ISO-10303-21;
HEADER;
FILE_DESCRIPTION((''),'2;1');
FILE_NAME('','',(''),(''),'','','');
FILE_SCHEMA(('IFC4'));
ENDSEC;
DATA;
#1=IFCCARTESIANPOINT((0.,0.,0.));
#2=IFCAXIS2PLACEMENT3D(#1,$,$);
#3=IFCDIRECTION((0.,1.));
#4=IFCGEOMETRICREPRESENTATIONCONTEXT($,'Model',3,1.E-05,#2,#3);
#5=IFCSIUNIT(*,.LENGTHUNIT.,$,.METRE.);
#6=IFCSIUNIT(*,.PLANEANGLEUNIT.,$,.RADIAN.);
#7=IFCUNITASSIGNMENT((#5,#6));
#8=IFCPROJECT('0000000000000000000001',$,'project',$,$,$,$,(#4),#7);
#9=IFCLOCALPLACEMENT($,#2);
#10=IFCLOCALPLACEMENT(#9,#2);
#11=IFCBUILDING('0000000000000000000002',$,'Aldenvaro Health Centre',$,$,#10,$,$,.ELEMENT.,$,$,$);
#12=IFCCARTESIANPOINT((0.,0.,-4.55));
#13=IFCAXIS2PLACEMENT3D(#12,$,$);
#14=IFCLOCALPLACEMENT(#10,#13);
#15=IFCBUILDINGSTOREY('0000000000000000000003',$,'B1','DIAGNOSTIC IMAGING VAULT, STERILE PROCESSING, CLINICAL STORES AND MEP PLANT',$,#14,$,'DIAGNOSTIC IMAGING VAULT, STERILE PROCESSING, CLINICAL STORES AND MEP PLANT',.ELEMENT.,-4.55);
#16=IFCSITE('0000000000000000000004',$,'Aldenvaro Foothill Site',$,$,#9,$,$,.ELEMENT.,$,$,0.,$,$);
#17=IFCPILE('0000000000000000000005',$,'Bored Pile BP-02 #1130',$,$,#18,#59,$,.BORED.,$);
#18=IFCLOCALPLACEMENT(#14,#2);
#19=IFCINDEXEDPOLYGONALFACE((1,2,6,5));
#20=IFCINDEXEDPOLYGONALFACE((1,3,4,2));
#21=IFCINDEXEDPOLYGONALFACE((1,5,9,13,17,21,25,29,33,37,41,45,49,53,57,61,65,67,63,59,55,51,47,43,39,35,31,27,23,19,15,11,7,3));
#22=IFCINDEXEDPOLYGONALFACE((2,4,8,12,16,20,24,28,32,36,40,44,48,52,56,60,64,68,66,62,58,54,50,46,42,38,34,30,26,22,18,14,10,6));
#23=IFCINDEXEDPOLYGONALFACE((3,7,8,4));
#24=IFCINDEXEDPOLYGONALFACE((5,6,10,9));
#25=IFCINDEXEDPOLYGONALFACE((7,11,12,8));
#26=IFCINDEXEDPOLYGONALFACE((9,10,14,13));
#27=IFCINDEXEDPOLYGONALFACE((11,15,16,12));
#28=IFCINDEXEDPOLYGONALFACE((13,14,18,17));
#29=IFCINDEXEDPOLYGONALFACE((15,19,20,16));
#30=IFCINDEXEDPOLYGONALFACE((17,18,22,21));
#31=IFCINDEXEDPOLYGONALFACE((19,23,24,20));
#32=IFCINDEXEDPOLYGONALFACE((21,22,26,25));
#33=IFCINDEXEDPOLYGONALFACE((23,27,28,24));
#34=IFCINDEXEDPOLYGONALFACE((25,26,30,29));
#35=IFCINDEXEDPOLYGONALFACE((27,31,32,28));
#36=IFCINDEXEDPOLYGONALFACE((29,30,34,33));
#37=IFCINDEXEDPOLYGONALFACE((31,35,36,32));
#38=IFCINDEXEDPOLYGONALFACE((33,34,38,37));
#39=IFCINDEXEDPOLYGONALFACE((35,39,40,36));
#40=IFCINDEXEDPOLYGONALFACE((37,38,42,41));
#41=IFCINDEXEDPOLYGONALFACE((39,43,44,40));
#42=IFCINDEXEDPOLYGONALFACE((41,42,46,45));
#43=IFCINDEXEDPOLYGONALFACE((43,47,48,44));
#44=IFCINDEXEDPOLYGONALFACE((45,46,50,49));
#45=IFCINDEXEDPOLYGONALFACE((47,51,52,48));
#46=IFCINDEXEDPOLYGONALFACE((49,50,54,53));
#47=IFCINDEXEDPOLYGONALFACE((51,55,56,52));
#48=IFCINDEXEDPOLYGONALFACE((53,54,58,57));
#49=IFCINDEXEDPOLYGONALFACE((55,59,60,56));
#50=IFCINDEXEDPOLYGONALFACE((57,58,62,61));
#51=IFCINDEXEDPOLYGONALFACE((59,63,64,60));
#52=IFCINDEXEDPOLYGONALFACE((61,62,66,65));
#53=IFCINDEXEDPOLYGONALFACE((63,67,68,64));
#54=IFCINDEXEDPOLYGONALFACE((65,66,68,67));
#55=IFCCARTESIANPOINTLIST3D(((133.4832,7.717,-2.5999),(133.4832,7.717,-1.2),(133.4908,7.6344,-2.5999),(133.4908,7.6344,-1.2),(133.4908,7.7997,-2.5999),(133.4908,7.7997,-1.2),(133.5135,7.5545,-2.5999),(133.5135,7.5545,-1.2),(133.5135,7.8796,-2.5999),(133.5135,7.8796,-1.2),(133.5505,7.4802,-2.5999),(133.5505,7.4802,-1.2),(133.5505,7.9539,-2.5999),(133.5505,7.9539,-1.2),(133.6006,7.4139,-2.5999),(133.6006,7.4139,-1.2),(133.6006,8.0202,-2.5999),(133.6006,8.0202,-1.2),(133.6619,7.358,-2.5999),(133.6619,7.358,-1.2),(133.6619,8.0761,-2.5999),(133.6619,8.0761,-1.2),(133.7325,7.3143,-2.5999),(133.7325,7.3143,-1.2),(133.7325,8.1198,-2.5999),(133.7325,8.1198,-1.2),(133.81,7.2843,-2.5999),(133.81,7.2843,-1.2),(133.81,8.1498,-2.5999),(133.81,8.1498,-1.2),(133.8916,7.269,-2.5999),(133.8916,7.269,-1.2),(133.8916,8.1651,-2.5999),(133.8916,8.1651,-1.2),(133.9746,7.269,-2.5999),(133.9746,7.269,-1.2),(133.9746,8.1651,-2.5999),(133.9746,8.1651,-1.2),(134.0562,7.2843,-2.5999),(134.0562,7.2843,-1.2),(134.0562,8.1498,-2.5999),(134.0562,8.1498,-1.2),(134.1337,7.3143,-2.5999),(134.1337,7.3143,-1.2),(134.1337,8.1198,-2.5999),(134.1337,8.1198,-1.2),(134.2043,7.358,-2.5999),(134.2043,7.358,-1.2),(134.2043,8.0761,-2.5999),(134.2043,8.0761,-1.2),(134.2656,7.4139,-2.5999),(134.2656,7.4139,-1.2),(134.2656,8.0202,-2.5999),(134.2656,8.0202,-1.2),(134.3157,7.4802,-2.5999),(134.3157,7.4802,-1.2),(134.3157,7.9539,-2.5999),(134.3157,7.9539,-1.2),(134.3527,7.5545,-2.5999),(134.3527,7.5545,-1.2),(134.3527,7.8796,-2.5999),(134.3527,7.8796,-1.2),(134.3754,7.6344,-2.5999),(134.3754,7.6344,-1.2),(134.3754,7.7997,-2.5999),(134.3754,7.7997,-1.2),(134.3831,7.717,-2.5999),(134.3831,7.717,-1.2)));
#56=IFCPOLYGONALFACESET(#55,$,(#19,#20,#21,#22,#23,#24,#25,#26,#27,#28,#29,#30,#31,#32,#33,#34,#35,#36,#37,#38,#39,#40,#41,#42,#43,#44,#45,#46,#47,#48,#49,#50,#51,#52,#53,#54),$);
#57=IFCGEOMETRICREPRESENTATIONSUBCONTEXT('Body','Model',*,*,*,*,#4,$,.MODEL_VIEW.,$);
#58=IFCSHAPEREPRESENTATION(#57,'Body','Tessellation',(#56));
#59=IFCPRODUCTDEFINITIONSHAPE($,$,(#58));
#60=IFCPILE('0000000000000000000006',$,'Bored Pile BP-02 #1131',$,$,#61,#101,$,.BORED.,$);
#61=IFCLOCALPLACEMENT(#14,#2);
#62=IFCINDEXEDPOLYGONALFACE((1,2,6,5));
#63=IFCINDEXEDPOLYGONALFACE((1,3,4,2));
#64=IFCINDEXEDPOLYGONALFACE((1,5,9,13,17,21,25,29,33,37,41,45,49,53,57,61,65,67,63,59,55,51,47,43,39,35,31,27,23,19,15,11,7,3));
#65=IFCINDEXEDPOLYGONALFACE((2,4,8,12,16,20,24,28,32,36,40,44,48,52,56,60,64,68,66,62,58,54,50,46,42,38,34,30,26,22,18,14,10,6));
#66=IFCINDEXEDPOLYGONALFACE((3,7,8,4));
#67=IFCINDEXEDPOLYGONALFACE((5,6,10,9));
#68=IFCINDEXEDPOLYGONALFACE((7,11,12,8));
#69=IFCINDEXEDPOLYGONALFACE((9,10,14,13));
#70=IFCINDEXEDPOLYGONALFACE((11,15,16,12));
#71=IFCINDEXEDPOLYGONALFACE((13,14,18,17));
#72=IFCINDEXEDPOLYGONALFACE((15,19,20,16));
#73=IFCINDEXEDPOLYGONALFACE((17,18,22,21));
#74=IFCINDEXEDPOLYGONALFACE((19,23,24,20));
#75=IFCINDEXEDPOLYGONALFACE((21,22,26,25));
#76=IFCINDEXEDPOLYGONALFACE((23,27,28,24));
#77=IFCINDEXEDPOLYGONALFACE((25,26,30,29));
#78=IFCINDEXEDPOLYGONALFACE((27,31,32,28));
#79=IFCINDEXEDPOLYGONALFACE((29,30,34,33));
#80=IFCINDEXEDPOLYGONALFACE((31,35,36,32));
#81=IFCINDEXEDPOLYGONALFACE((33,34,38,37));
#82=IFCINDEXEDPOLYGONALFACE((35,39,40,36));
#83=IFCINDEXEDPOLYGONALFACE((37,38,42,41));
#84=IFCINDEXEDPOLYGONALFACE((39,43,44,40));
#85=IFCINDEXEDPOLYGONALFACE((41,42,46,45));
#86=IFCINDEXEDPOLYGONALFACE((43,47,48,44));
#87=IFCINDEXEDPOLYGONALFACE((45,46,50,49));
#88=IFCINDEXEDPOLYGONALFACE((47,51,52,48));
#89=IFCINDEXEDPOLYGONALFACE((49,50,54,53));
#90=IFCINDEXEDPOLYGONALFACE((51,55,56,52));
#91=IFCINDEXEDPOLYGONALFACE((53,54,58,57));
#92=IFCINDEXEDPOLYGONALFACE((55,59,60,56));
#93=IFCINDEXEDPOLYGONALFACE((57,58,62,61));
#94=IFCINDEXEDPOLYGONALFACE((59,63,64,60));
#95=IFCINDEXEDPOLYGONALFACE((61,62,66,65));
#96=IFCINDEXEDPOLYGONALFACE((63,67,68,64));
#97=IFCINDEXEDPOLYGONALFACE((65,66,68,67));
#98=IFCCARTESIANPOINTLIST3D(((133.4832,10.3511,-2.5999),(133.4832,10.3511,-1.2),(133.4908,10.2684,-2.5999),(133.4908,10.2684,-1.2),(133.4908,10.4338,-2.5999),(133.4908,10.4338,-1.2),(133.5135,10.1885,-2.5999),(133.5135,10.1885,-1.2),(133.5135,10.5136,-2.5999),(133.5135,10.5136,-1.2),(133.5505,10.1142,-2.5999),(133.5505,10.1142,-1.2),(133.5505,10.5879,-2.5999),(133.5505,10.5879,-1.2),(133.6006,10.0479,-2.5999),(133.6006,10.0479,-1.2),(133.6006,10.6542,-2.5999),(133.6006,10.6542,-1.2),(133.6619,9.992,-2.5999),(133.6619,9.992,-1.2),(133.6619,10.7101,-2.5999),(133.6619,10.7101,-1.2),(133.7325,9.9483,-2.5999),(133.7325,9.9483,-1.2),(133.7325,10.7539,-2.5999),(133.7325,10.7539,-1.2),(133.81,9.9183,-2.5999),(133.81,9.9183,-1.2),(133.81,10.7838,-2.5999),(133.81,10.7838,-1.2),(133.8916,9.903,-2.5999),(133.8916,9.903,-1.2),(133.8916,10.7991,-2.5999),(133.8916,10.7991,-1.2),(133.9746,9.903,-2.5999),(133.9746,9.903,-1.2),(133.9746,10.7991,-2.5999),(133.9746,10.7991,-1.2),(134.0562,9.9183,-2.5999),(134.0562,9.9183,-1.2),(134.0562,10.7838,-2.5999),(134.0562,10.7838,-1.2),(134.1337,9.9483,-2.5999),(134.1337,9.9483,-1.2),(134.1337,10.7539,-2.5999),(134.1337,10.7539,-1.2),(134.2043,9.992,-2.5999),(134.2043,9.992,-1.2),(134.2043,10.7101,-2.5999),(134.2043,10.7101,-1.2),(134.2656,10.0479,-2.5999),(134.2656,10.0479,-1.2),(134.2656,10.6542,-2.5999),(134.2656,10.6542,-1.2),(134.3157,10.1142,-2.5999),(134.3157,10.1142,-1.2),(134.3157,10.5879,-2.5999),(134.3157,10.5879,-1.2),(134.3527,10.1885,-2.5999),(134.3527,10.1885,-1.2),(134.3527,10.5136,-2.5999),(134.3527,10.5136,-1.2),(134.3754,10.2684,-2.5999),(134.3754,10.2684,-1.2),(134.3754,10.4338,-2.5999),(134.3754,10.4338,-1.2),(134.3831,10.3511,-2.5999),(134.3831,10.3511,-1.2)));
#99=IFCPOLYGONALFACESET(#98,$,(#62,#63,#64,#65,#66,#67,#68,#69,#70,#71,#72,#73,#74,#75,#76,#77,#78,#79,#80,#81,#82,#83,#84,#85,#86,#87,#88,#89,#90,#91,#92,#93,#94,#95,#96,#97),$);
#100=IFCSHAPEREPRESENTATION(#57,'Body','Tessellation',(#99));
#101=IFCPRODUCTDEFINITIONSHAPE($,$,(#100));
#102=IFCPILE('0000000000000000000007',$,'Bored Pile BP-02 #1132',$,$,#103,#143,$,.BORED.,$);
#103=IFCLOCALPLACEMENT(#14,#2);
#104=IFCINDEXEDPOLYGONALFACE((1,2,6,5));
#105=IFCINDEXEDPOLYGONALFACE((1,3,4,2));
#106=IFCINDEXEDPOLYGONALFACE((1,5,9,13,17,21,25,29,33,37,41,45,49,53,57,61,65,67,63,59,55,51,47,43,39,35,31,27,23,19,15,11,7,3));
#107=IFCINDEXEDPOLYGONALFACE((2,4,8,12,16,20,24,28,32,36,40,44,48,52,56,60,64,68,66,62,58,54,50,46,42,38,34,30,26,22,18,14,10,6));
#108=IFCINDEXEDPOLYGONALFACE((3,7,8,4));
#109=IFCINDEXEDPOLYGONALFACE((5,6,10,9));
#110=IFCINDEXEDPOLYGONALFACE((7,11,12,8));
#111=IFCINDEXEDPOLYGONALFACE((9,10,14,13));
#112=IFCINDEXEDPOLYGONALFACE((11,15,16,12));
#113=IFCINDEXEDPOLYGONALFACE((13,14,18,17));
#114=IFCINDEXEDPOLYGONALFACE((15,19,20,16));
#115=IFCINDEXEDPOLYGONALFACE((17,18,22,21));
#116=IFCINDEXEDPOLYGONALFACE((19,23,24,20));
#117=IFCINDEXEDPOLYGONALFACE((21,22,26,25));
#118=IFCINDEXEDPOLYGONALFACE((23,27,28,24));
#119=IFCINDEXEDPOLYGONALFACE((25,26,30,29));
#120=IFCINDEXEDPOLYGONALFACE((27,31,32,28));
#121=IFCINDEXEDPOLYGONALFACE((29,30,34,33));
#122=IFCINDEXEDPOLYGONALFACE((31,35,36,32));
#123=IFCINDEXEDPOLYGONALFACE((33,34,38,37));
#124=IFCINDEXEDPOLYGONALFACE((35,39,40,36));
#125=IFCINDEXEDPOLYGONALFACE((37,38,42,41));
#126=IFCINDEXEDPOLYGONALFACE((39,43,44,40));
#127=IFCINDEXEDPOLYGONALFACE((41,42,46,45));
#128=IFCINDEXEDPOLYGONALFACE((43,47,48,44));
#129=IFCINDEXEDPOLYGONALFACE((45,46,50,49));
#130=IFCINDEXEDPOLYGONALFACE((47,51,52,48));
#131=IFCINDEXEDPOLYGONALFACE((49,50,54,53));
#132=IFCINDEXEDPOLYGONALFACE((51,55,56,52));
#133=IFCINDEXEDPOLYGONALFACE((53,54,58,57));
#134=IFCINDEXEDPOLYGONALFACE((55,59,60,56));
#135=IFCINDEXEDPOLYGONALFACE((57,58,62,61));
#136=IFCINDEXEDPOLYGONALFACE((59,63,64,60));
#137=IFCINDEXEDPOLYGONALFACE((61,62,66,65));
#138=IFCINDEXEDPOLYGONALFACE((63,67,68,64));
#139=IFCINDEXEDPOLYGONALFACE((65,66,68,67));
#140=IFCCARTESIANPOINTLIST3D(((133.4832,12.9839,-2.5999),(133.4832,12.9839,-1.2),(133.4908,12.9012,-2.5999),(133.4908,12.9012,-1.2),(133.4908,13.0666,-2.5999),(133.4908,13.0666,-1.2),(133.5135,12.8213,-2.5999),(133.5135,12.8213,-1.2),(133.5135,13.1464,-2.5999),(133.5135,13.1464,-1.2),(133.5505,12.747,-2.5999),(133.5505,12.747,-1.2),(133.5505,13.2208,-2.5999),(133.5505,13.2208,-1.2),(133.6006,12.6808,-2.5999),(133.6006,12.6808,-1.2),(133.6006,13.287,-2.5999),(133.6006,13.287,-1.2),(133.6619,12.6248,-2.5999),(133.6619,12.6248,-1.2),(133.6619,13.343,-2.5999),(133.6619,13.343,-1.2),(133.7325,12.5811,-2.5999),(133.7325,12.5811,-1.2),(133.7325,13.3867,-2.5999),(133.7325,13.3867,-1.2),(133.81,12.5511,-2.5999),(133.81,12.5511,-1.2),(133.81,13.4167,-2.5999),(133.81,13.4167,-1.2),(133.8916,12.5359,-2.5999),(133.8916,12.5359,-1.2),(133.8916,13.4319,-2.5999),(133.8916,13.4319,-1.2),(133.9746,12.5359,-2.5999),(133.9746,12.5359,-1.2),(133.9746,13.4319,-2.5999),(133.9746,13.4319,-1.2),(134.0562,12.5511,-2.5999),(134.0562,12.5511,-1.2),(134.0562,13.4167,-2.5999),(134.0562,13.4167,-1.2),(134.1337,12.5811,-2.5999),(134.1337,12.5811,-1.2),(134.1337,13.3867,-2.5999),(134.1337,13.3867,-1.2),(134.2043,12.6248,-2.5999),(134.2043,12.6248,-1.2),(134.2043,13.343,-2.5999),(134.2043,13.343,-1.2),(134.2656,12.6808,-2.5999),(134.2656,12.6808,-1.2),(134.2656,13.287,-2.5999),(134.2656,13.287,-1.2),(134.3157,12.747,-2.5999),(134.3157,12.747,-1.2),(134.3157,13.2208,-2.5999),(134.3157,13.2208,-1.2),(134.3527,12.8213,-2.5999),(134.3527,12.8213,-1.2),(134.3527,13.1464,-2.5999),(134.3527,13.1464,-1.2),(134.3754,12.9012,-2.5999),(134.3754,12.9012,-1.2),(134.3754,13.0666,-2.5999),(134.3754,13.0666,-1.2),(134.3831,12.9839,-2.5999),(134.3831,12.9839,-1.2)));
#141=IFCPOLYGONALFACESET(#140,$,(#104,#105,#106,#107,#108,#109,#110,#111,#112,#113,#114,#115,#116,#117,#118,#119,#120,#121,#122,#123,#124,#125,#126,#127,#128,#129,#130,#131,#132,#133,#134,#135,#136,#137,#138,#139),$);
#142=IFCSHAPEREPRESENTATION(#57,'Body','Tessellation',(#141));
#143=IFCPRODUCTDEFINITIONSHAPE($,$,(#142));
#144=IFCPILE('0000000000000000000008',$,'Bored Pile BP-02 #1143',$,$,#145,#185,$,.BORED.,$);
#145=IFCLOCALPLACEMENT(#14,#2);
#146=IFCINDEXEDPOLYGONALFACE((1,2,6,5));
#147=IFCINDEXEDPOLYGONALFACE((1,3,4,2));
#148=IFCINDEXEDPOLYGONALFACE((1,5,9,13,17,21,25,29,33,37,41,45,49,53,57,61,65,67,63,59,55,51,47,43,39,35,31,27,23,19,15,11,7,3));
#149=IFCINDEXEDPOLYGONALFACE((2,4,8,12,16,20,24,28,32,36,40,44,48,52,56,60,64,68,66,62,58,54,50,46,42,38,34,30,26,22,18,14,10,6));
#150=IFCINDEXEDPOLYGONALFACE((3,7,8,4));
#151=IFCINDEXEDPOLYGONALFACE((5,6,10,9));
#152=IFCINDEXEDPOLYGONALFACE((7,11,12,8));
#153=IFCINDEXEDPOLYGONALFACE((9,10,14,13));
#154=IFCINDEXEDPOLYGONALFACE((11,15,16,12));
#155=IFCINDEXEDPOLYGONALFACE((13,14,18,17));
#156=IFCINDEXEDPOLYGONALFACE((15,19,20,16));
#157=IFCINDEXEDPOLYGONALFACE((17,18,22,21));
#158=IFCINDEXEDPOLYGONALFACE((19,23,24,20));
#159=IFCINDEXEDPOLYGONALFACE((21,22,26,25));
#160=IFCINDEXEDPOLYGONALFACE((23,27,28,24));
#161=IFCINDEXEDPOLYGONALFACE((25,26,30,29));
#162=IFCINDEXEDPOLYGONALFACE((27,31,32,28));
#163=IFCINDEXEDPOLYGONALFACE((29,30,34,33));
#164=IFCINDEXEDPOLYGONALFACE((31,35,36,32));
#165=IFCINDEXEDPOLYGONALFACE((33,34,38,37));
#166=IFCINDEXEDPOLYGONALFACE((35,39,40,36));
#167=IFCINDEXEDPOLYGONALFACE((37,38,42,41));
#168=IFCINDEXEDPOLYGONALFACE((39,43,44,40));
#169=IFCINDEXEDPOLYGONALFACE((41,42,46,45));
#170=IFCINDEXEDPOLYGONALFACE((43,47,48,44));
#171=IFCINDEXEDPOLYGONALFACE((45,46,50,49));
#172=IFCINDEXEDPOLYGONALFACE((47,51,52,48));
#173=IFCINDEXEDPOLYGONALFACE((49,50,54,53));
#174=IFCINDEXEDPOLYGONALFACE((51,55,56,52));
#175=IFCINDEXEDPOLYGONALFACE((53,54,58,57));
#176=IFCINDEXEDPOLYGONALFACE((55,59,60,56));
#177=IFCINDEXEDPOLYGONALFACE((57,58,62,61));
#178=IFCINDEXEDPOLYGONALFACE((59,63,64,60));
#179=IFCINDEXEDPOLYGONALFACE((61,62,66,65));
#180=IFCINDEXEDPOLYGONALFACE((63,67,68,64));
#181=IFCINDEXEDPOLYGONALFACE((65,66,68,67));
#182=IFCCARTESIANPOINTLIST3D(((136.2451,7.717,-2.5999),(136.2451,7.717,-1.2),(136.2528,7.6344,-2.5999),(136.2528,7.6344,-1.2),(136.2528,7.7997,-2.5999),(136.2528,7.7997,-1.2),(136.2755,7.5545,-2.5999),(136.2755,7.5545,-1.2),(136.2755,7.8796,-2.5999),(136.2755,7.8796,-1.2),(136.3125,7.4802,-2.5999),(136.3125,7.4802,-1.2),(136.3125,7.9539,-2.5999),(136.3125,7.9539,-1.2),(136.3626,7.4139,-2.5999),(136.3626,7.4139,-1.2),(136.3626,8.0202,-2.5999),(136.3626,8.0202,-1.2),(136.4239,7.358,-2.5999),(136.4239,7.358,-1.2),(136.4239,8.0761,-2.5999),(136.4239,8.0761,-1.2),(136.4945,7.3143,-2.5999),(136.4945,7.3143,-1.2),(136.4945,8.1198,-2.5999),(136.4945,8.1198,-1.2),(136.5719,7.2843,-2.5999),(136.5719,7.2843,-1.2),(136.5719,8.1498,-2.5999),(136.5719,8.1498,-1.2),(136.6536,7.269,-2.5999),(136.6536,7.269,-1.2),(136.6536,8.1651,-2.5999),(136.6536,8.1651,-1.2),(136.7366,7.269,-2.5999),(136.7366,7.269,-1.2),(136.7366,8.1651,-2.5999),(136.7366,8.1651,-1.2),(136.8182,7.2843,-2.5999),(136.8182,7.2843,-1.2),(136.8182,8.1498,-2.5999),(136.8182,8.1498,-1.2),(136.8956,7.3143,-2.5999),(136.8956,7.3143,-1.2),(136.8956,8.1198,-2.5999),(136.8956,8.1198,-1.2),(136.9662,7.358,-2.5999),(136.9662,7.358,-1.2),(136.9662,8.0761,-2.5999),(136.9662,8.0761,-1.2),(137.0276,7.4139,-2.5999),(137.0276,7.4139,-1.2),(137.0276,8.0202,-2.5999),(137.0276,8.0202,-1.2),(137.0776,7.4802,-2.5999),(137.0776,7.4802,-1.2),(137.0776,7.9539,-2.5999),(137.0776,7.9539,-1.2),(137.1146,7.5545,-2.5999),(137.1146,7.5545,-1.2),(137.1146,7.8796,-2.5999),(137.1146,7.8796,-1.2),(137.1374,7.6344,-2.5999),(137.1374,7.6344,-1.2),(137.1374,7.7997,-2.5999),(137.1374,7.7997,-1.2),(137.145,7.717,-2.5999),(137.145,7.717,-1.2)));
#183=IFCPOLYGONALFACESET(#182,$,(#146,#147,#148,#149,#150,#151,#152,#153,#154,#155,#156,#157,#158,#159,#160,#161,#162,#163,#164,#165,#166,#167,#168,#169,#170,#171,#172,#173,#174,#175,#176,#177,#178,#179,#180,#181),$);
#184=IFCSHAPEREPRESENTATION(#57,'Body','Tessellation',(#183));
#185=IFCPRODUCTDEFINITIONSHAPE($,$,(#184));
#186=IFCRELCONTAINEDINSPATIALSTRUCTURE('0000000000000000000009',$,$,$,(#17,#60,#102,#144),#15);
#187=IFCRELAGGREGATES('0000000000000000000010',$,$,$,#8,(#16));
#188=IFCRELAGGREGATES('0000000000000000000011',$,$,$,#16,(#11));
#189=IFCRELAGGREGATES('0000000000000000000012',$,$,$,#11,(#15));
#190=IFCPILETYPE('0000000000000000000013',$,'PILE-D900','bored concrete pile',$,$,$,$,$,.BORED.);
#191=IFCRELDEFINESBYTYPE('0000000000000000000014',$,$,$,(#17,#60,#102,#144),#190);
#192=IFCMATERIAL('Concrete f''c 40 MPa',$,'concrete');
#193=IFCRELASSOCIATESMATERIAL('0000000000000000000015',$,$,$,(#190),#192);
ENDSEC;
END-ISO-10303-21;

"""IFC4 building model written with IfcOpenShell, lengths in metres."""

from ifc_helpers import new_model, si_unit, direction, frame, origin, origin_2d, place, context, subcontext, project, spatial, circle, extrude, material, material_profile, profile_set, type_object, element, save


model = new_model("IFC4")

# Units and contexts
model_context = context("Model", 3, precision=1e-05, world=origin(), true_north=direction((0.0, 1.0)))
body_context = subcontext(model_context, "Body", "Model", "MODEL_VIEW")
ifc_project = project(units=[si_unit("LENGTHUNIT", "METRE"), si_unit("PLANEANGLEUNIT", "RADIAN")], contexts=[model_context])

# Site, building, storey
site_placement = place(None, origin())
site = spatial("IfcSite", under=ifc_project, at=site_placement, Name="Aldenvaro Foothill Site", CompositionType="ELEMENT", RefElevation=0.0)
building_placement = place(site_placement, origin())
building = spatial("IfcBuilding", under=site, at=building_placement, Name="Aldenvaro Health Centre", CompositionType="ELEMENT")
storey_placement = place(building_placement, frame((0.0, 0.0, -4.55)))
storey = spatial("IfcBuildingStorey", under=building, at=storey_placement, Name="B1", Description="DIAGNOSTIC IMAGING VAULT, STERILE PROCESSING, CLINICAL STORES AND MEP PLANT", LongName="DIAGNOSTIC IMAGING VAULT, STERILE PROCESSING, CLINICAL STORES AND MEP PLANT", CompositionType="ELEMENT", Elevation=-4.55)

# Piles
ifc_material_1 = material(Name="Concrete f'c 40 MPa", Category="concrete")
ifc_material_profile_1 = material_profile(ifc_material_1, circle(Radius=0.45, at=origin_2d()), Name="PILE D900", Category="concrete")
ifc_profile_set_1 = profile_set([ifc_material_profile_1], Name="Concrete f'c 40 MPa")
pile_type_1 = type_object("IfcPileType", Name="PILE-D900", Description="bored concrete pile", PredefinedType="BORED", material=ifc_profile_set_1)
for number, where, z_axis, x_axis, name in (
    (1, (133.9331, 7.717, -1.2), (0.0, 0.0, -1.0), (1.0, 0.0, 0.0), "Bored Pile BP-02 #1130"),
    (2, (133.9331, 10.3511, -1.2), (0.0, 0.0, -1.0), (1.0, 0.0, 0.0), "Bored Pile BP-02 #1131"),
    (3, (133.9331, 12.9839, -1.2), (0.0, 0.0, -1.0), (1.0, 0.0, 0.0), "Bored Pile BP-02 #1132"),
    (4, (136.6951, 7.717, -1.2), (0.0, 0.0, -1.0), (1.0, 0.0, 0.0), "Bored Pile BP-02 #1143"),
):
    element("IfcPile", number, at=place(storey_placement, frame(where, z_axis=z_axis, x_axis=x_axis)), inside=storey, type_object=pile_type_1, Name=name, PredefinedType="BORED", context=body_context, shape_type="SweptSolid", body=[
        extrude(circle(Radius=0.45, at=origin_2d()), origin(), (0.0, 0.0, 1.0), 1.3999),
    ])

save(model, "model.ifc")
